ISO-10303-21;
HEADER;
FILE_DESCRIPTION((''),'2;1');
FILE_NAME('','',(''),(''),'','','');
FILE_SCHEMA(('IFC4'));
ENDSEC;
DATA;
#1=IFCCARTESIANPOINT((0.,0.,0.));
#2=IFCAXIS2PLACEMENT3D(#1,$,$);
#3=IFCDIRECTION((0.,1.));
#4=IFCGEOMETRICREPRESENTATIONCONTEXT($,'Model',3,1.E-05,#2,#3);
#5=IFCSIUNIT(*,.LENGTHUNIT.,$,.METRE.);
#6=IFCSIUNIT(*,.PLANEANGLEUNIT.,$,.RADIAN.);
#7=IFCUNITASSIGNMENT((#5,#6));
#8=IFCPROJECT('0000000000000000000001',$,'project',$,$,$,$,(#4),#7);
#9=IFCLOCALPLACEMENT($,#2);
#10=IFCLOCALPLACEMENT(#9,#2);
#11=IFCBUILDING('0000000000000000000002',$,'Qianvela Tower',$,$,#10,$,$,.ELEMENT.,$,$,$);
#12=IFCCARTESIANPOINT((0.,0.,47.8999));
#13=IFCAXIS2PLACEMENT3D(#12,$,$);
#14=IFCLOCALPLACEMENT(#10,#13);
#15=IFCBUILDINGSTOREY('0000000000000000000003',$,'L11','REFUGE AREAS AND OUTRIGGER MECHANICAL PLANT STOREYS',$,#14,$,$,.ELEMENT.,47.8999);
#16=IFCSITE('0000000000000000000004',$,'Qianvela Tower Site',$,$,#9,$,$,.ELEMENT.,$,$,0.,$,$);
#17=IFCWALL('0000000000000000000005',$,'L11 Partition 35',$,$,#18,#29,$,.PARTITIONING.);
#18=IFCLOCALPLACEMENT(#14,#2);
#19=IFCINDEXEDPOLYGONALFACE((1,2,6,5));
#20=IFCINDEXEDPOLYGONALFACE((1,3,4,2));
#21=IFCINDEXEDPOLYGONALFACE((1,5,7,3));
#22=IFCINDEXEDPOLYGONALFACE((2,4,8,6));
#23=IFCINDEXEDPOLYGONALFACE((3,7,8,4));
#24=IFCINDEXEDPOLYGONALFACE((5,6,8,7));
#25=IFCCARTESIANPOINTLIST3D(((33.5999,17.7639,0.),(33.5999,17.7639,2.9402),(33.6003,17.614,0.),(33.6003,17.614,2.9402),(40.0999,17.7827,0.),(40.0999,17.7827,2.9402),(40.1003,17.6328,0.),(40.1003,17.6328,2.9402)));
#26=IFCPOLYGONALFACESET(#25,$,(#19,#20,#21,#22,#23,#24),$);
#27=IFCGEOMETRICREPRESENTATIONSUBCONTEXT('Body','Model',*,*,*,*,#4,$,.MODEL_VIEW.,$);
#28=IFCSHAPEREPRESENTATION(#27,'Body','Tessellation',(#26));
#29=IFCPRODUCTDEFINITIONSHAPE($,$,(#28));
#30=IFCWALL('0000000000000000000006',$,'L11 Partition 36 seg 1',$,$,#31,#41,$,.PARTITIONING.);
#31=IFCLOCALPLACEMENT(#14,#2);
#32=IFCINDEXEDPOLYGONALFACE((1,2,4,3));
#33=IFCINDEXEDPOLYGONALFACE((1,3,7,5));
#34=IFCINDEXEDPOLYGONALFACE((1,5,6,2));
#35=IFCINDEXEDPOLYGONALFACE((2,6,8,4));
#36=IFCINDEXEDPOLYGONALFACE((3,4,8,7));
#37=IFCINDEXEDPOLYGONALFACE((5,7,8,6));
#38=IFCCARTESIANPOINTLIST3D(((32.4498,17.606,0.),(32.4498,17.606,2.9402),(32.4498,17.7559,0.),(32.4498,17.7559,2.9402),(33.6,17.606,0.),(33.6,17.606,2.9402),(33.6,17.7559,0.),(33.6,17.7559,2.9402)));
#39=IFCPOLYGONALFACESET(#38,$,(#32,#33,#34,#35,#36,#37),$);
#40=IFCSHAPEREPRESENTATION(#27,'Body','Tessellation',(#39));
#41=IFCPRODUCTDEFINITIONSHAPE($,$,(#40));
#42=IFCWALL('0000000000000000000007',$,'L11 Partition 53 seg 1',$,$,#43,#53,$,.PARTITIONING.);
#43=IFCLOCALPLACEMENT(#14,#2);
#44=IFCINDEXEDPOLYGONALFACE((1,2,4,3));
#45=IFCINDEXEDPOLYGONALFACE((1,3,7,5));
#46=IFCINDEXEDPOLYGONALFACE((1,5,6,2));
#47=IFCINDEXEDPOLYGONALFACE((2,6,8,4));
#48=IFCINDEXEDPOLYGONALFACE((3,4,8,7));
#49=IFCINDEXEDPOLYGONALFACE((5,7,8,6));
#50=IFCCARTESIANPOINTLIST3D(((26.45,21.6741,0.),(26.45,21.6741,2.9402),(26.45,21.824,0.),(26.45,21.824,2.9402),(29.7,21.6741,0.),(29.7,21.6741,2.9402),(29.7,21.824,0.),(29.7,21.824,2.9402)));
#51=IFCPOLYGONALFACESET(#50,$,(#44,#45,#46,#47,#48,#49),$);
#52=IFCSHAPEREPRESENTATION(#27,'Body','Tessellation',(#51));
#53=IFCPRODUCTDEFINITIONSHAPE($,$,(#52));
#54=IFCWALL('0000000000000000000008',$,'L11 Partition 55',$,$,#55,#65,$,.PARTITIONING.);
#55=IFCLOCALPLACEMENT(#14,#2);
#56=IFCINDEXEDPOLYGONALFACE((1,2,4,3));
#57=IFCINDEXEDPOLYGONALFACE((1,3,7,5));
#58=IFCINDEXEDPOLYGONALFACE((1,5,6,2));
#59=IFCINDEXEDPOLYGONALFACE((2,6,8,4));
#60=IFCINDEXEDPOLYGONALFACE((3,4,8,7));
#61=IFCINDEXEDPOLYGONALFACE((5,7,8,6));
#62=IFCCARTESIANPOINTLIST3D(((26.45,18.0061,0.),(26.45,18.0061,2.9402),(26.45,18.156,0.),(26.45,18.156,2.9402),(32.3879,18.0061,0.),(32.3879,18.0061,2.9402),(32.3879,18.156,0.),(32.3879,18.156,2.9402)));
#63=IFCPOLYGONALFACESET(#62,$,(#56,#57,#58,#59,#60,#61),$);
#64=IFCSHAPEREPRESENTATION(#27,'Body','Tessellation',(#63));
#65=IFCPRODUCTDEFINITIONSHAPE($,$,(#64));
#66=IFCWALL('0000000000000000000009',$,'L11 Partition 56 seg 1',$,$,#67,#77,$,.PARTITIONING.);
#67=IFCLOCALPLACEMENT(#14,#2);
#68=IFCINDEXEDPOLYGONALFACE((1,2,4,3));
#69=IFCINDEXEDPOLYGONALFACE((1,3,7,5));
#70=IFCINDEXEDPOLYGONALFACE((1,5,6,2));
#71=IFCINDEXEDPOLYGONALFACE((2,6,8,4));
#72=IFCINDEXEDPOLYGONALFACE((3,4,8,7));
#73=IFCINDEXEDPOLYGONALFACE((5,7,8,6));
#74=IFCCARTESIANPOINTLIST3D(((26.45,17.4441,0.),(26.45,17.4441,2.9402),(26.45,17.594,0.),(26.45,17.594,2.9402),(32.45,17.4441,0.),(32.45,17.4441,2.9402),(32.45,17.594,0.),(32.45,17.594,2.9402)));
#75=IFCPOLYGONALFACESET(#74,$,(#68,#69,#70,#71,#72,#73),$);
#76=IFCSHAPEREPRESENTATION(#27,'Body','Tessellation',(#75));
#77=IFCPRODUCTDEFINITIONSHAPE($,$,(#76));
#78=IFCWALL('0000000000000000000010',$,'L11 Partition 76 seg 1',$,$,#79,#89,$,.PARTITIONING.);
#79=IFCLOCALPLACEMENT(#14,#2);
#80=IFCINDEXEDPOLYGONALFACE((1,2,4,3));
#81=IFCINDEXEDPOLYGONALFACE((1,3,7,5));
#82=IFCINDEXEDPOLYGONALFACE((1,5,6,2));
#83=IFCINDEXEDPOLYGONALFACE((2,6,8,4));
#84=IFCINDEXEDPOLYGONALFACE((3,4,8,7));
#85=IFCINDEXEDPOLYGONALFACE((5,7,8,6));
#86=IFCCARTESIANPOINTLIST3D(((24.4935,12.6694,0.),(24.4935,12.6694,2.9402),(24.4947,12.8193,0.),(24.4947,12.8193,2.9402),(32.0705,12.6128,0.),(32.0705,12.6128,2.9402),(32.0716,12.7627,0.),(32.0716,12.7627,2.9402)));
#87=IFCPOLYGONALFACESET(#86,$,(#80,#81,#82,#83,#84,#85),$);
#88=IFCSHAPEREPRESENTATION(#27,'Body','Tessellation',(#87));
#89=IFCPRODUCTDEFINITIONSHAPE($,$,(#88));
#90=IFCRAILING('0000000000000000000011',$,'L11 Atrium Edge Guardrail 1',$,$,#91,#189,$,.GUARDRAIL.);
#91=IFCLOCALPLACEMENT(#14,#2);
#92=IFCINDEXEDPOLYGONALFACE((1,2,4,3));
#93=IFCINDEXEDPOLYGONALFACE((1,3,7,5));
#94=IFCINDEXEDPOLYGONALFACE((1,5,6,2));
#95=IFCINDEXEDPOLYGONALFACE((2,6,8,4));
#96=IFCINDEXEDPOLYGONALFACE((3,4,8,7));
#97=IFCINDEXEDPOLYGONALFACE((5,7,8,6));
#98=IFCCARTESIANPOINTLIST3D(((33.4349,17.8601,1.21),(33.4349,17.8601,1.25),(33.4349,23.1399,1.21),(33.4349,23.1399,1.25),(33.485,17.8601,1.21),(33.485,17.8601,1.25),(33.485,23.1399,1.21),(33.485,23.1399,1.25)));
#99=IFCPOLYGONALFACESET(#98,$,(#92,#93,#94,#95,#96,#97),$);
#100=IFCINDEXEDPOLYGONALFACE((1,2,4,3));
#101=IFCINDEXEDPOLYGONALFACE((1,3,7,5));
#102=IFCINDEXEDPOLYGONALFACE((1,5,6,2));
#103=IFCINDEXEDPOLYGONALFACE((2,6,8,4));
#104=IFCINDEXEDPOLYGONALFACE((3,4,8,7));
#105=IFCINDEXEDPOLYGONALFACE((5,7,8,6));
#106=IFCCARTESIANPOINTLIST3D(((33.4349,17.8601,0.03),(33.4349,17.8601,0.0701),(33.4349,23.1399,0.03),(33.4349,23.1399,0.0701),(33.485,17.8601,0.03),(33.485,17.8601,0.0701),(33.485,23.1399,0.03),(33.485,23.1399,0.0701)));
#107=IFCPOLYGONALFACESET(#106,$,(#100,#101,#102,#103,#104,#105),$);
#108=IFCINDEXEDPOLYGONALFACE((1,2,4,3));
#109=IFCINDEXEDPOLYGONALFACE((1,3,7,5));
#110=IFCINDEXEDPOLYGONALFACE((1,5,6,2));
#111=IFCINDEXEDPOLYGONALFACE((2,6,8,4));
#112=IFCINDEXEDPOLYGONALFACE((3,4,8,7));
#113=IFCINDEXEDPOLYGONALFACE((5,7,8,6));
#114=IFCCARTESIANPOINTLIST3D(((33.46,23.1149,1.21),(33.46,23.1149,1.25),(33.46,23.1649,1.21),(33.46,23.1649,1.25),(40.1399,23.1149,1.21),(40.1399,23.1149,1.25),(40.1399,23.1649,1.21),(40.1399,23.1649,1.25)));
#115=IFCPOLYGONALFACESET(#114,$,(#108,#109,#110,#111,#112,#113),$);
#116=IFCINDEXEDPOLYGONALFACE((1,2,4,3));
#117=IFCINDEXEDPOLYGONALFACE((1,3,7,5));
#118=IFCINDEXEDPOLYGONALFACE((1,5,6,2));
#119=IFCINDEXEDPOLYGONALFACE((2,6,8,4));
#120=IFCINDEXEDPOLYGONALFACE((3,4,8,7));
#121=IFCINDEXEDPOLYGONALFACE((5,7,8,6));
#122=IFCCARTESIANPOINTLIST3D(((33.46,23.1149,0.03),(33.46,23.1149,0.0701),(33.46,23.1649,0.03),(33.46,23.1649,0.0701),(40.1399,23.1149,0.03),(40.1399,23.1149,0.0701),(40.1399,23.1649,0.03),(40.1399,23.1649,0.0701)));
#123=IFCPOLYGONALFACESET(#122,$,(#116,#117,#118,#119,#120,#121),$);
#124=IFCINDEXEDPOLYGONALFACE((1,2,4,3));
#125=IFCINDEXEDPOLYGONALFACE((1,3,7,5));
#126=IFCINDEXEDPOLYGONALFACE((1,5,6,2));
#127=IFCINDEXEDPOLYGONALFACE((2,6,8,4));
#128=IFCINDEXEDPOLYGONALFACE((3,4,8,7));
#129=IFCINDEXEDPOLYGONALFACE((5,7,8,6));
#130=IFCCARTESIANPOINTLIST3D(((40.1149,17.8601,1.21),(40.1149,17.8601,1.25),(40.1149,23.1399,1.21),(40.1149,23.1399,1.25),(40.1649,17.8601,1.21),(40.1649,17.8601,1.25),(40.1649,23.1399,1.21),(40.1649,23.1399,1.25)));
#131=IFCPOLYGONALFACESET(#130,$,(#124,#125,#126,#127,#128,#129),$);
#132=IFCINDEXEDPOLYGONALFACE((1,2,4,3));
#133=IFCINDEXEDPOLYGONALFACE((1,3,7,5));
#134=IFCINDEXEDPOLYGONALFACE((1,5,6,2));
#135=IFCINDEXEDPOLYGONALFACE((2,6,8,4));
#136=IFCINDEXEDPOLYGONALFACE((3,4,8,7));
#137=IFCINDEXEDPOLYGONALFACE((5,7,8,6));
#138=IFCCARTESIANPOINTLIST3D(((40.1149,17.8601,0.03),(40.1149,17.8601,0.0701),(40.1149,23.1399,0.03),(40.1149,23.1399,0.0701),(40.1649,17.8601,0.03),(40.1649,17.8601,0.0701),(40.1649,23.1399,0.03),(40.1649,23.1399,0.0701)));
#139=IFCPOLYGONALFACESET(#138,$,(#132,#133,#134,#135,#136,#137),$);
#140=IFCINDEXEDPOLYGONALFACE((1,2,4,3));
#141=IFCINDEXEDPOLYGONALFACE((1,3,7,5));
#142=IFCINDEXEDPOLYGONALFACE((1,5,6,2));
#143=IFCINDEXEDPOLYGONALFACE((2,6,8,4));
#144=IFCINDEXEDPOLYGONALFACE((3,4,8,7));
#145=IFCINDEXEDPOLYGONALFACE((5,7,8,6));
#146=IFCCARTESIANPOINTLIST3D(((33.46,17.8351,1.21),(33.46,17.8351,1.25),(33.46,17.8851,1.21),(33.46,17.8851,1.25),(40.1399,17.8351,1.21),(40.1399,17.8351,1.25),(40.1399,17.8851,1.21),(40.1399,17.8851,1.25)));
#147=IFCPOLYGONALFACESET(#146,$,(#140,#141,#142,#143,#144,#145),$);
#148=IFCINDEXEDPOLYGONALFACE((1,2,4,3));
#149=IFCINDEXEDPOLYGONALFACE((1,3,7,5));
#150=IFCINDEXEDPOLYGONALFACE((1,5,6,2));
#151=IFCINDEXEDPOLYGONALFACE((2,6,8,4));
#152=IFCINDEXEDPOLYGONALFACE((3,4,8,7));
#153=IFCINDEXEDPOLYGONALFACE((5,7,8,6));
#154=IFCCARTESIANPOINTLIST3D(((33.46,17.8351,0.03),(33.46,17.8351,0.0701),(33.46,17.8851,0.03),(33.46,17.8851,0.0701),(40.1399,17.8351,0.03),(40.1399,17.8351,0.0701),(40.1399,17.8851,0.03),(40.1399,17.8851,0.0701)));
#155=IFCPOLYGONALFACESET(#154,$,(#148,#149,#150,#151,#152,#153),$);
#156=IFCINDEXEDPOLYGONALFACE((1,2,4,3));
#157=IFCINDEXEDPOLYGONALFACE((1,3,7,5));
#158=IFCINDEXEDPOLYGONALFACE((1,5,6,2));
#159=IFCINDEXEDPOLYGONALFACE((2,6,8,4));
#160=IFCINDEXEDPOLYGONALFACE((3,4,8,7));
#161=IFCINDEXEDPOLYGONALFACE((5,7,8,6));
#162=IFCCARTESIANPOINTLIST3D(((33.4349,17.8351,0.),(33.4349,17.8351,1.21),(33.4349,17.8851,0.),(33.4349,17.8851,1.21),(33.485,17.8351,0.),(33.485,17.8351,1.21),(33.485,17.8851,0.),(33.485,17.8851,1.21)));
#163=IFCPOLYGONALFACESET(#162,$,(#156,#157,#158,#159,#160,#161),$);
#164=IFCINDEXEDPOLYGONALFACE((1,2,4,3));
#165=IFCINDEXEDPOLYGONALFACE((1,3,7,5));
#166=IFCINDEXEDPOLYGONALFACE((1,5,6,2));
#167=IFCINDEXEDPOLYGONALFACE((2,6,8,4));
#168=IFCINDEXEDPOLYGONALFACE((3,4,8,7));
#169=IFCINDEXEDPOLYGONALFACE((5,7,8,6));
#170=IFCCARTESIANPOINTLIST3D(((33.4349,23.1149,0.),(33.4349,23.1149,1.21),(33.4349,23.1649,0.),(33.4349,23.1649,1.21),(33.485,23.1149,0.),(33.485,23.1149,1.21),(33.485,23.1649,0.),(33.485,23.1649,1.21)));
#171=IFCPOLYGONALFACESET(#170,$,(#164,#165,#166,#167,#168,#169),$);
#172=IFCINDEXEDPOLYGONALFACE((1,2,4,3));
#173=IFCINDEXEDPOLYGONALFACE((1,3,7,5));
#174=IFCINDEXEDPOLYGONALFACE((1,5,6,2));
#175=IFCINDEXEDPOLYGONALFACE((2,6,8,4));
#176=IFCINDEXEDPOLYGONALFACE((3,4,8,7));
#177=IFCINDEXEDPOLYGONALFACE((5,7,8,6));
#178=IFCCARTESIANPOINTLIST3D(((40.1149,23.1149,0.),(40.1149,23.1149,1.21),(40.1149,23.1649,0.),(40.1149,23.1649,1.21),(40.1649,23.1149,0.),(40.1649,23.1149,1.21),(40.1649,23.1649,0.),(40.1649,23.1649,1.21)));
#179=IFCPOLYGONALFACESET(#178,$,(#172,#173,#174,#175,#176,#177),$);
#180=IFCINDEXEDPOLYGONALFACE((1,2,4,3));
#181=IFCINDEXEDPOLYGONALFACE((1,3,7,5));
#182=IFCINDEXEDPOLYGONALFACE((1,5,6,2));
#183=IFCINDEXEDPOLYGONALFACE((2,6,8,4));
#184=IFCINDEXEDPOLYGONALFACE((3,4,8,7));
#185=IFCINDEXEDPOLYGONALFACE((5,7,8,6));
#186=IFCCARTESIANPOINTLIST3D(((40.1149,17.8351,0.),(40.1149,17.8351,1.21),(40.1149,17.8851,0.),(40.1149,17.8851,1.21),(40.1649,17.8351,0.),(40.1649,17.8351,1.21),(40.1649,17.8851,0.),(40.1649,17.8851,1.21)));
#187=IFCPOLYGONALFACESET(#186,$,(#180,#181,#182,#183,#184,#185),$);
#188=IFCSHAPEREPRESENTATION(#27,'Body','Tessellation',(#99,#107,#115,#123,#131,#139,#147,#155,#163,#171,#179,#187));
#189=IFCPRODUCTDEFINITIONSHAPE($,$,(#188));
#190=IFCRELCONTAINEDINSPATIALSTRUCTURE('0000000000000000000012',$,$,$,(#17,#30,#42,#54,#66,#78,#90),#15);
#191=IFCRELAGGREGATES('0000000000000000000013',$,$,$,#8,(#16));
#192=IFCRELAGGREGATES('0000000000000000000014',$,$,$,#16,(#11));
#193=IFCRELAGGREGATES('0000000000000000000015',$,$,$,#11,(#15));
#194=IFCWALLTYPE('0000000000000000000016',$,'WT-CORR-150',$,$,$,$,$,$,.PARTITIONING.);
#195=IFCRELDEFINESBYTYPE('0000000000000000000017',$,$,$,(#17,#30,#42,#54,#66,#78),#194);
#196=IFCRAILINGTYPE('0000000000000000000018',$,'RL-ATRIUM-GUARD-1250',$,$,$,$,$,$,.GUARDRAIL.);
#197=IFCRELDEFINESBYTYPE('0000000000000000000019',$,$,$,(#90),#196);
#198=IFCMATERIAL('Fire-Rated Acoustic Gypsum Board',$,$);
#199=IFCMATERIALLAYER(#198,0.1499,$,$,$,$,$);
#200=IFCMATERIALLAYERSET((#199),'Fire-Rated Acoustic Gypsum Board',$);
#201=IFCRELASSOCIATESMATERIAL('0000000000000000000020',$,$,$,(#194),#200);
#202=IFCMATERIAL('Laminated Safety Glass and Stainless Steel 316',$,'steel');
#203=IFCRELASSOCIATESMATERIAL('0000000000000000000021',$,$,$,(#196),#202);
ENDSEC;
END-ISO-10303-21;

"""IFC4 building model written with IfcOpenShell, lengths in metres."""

from ifc_helpers import new_model, si_unit, direction, frame, frame_2d, origin, origin_2d, place, context, subcontext, project, spatial, rectangle, extrude, material, layer, layer_set, type_object, element, save


model = new_model("IFC4")

# Units and contexts
model_context = context("Model", 3, precision=1e-05, world=origin(), true_north=direction((0.0, 1.0)))
body_context = subcontext(model_context, "Body", "Model", "MODEL_VIEW")
ifc_project = project(units=[si_unit("LENGTHUNIT", "METRE"), si_unit("PLANEANGLEUNIT", "RADIAN")], contexts=[model_context])

# Site, building, storey
site_placement = place(None, origin())
site = spatial("IfcSite", under=ifc_project, at=site_placement, Name="Qianvela Tower Site", CompositionType="ELEMENT", RefElevation=0.0)
building_placement = place(site_placement, origin())
building = spatial("IfcBuilding", under=site, at=building_placement, Name="Qianvela Tower", CompositionType="ELEMENT")
storey_placement = place(building_placement, frame((0.0, 0.0, 47.8999)))
storey = spatial("IfcBuildingStorey", under=building, at=storey_placement, Name="L11", Description="REFUGE AREAS AND OUTRIGGER MECHANICAL PLANT STOREYS", CompositionType="ELEMENT", Elevation=47.8999)

# Walls
ifc_material_1 = material(Name="Fire-Rated Acoustic Gypsum Board")
ifc_layer_1 = layer(ifc_material_1, 0.1499)
ifc_layer_set_1 = layer_set([ifc_layer_1], Name="Fire-Rated Acoustic Gypsum Board")
wall_type = type_object("IfcWallType", Name="WT-CORR-150", PredefinedType="PARTITIONING", material=ifc_layer_set_1)
wall_1_placement = place(storey_placement, frame((33.6001, 17.689, 0.0), z_axis=(0.0, 0.0, 1.0), x_axis=(0.999996, 0.002892, 0.0)))
element("IfcWall", 1, at=wall_1_placement, inside=storey, type_object=wall_type, Name="L11 Partition 35", PredefinedType="PARTITIONING", context=body_context, shape_type="SweptSolid", body=[
    extrude(rectangle(XDim=6.5, YDim=0.1499, at=frame_2d((3.25, 0.0))), origin(), (0.0, 0.0, 1.0), 2.9402),
])
wall_2_placement = place(storey_placement, frame((33.6001, 17.6809, 0.0), z_axis=(0.0, 0.0, 1.0), x_axis=(-1.0, 0.0, 0.0)))
element("IfcWall", 2, at=wall_2_placement, inside=storey, type_object=wall_type, Name="L11 Partition 36 seg 1", PredefinedType="PARTITIONING", context=body_context, shape_type="SweptSolid", body=[
    extrude(rectangle(XDim=1.1501, YDim=0.1499, at=frame_2d((0.5752, 0.0))), origin(), (0.0, 0.0, 1.0), 2.9402),
])

# Walls
wall_3_placement = place(storey_placement, frame((26.45, 21.749, 0.0), z_axis=(0.0, 0.0, 1.0), x_axis=(1.0, 0.0, 0.0)))
element("IfcWall", 3, at=wall_3_placement, inside=storey, type_object=wall_type, Name="L11 Partition 53 seg 1", PredefinedType="PARTITIONING", context=body_context, shape_type="SweptSolid", body=[
    extrude(rectangle(XDim=3.25, YDim=0.1499, at=frame_2d((1.625, 0.0))), origin(), (0.0, 0.0, 1.0), 2.9402),
])
wall_4_placement = place(storey_placement, frame((32.3879, 18.0811, 0.0), z_axis=(0.0, 0.0, 1.0), x_axis=(-1.0, 0.0, 0.0)))
element("IfcWall", 4, at=wall_4_placement, inside=storey, type_object=wall_type, Name="L11 Partition 55", PredefinedType="PARTITIONING", context=body_context, shape_type="SweptSolid", body=[
    extrude(rectangle(XDim=5.938, YDim=0.1499, at=frame_2d((2.969, 0.0))), origin(), (0.0, 0.0, 1.0), 2.9402),
])
wall_5_placement = place(storey_placement, frame((26.45, 17.519, 0.0), z_axis=(0.0, 0.0, 1.0), x_axis=(1.0, 0.0, 0.0)))
element("IfcWall", 5, at=wall_5_placement, inside=storey, type_object=wall_type, Name="L11 Partition 56 seg 1", PredefinedType="PARTITIONING", context=body_context, shape_type="SweptSolid", body=[
    extrude(rectangle(XDim=6.0, YDim=0.1499, at=frame_2d((3.0, 0.0))), origin(), (0.0, 0.0, 1.0), 2.9402),
])
wall_6_placement = place(storey_placement, frame((32.071, 12.6877, 0.0), z_axis=(0.0, 0.0, 1.0), x_axis=(-0.999972, 0.007475, 0.0)))
element("IfcWall", 6, at=wall_6_placement, inside=storey, type_object=wall_type, Name="L11 Partition 76 seg 1", PredefinedType="PARTITIONING", context=body_context, shape_type="SweptSolid", body=[
    extrude(rectangle(XDim=7.5771, YDim=0.1499, at=frame_2d((3.7886, 0.0))), origin(), (0.0, 0.0, 1.0), 2.9402),
])

# Railing
ifc_material_2 = material(Name="Laminated Safety Glass and Stainless Steel 316", Category="steel")
railing_type = type_object("IfcRailingType", Name="RL-ATRIUM-GUARD-1250", PredefinedType="GUARDRAIL", material=ifc_material_2)
railing_placement = place(storey_placement, frame((33.46, 17.8601, 0.0)))
element("IfcRailing", 7, at=railing_placement, inside=storey, type_object=railing_type, Name="L11 Atrium Edge Guardrail 1", PredefinedType="GUARDRAIL", context=body_context, shape_type="SweptSolid", body=[
    extrude(rectangle(XDim=0.05, YDim=0.04, at=origin_2d()), frame((0.0, 0.0, 1.23), z_axis=(0.0, 1.0, 0.0), x_axis=(-1.0, 0.0, 0.0)), (0.0, 0.0, 1.0), 5.2798),
    extrude(rectangle(XDim=0.05, YDim=0.04, at=origin_2d()), frame((0.0, 0.0, 0.05), z_axis=(0.0, 1.0, 0.0), x_axis=(-1.0, 0.0, 0.0)), (0.0, 0.0, 1.0), 5.2798),
    extrude(rectangle(XDim=0.05, YDim=0.04, at=origin_2d()), frame((0.0, 5.2798, 1.23), z_axis=(1.0, 0.0, 0.0), x_axis=(0.0, 1.0, 0.0)), (0.0, 0.0, 1.0), 6.6799),
    extrude(rectangle(XDim=0.05, YDim=0.04, at=origin_2d()), frame((0.0, 5.2798, 0.05), z_axis=(1.0, 0.0, 0.0), x_axis=(0.0, 1.0, 0.0)), (0.0, 0.0, 1.0), 6.6799),
    extrude(rectangle(XDim=0.05, YDim=0.04, at=origin_2d()), frame((6.6799, 5.2798, 1.23), z_axis=(0.0, -1.0, 0.0), x_axis=(1.0, 0.0, 0.0)), (0.0, 0.0, 1.0), 5.2798),
    extrude(rectangle(XDim=0.05, YDim=0.04, at=origin_2d()), frame((6.6799, 5.2798, 0.05), z_axis=(0.0, -1.0, 0.0), x_axis=(1.0, 0.0, 0.0)), (0.0, 0.0, 1.0), 5.2798),
    extrude(rectangle(XDim=0.05, YDim=0.04, at=origin_2d()), frame((6.6799, 0.0, 1.23), z_axis=(-1.0, 0.0, 0.0), x_axis=(0.0, -1.0, 0.0)), (0.0, 0.0, 1.0), 6.6799),
    extrude(rectangle(XDim=0.05, YDim=0.04, at=origin_2d()), frame((6.6799, 0.0, 0.05), z_axis=(-1.0, 0.0, 0.0), x_axis=(0.0, -1.0, 0.0)), (0.0, 0.0, 1.0), 6.6799),
    extrude(rectangle(XDim=0.05, YDim=0.05, at=origin_2d()), origin(), (0.0, 0.0, 1.0), 1.21),
    extrude(rectangle(XDim=0.05, YDim=0.05, at=origin_2d()), frame((0.0, 5.2798, 0.0)), (0.0, 0.0, 1.0), 1.21),
    extrude(rectangle(XDim=0.05, YDim=0.05, at=origin_2d()), frame((6.6799, 5.2798, 0.0)), (0.0, 0.0, 1.0), 1.21),
    extrude(rectangle(XDim=0.05, YDim=0.05, at=origin_2d()), frame((6.6799, 0.0, 0.0)), (0.0, 0.0, 1.0), 1.21),
])

save(model, "model.ifc")
